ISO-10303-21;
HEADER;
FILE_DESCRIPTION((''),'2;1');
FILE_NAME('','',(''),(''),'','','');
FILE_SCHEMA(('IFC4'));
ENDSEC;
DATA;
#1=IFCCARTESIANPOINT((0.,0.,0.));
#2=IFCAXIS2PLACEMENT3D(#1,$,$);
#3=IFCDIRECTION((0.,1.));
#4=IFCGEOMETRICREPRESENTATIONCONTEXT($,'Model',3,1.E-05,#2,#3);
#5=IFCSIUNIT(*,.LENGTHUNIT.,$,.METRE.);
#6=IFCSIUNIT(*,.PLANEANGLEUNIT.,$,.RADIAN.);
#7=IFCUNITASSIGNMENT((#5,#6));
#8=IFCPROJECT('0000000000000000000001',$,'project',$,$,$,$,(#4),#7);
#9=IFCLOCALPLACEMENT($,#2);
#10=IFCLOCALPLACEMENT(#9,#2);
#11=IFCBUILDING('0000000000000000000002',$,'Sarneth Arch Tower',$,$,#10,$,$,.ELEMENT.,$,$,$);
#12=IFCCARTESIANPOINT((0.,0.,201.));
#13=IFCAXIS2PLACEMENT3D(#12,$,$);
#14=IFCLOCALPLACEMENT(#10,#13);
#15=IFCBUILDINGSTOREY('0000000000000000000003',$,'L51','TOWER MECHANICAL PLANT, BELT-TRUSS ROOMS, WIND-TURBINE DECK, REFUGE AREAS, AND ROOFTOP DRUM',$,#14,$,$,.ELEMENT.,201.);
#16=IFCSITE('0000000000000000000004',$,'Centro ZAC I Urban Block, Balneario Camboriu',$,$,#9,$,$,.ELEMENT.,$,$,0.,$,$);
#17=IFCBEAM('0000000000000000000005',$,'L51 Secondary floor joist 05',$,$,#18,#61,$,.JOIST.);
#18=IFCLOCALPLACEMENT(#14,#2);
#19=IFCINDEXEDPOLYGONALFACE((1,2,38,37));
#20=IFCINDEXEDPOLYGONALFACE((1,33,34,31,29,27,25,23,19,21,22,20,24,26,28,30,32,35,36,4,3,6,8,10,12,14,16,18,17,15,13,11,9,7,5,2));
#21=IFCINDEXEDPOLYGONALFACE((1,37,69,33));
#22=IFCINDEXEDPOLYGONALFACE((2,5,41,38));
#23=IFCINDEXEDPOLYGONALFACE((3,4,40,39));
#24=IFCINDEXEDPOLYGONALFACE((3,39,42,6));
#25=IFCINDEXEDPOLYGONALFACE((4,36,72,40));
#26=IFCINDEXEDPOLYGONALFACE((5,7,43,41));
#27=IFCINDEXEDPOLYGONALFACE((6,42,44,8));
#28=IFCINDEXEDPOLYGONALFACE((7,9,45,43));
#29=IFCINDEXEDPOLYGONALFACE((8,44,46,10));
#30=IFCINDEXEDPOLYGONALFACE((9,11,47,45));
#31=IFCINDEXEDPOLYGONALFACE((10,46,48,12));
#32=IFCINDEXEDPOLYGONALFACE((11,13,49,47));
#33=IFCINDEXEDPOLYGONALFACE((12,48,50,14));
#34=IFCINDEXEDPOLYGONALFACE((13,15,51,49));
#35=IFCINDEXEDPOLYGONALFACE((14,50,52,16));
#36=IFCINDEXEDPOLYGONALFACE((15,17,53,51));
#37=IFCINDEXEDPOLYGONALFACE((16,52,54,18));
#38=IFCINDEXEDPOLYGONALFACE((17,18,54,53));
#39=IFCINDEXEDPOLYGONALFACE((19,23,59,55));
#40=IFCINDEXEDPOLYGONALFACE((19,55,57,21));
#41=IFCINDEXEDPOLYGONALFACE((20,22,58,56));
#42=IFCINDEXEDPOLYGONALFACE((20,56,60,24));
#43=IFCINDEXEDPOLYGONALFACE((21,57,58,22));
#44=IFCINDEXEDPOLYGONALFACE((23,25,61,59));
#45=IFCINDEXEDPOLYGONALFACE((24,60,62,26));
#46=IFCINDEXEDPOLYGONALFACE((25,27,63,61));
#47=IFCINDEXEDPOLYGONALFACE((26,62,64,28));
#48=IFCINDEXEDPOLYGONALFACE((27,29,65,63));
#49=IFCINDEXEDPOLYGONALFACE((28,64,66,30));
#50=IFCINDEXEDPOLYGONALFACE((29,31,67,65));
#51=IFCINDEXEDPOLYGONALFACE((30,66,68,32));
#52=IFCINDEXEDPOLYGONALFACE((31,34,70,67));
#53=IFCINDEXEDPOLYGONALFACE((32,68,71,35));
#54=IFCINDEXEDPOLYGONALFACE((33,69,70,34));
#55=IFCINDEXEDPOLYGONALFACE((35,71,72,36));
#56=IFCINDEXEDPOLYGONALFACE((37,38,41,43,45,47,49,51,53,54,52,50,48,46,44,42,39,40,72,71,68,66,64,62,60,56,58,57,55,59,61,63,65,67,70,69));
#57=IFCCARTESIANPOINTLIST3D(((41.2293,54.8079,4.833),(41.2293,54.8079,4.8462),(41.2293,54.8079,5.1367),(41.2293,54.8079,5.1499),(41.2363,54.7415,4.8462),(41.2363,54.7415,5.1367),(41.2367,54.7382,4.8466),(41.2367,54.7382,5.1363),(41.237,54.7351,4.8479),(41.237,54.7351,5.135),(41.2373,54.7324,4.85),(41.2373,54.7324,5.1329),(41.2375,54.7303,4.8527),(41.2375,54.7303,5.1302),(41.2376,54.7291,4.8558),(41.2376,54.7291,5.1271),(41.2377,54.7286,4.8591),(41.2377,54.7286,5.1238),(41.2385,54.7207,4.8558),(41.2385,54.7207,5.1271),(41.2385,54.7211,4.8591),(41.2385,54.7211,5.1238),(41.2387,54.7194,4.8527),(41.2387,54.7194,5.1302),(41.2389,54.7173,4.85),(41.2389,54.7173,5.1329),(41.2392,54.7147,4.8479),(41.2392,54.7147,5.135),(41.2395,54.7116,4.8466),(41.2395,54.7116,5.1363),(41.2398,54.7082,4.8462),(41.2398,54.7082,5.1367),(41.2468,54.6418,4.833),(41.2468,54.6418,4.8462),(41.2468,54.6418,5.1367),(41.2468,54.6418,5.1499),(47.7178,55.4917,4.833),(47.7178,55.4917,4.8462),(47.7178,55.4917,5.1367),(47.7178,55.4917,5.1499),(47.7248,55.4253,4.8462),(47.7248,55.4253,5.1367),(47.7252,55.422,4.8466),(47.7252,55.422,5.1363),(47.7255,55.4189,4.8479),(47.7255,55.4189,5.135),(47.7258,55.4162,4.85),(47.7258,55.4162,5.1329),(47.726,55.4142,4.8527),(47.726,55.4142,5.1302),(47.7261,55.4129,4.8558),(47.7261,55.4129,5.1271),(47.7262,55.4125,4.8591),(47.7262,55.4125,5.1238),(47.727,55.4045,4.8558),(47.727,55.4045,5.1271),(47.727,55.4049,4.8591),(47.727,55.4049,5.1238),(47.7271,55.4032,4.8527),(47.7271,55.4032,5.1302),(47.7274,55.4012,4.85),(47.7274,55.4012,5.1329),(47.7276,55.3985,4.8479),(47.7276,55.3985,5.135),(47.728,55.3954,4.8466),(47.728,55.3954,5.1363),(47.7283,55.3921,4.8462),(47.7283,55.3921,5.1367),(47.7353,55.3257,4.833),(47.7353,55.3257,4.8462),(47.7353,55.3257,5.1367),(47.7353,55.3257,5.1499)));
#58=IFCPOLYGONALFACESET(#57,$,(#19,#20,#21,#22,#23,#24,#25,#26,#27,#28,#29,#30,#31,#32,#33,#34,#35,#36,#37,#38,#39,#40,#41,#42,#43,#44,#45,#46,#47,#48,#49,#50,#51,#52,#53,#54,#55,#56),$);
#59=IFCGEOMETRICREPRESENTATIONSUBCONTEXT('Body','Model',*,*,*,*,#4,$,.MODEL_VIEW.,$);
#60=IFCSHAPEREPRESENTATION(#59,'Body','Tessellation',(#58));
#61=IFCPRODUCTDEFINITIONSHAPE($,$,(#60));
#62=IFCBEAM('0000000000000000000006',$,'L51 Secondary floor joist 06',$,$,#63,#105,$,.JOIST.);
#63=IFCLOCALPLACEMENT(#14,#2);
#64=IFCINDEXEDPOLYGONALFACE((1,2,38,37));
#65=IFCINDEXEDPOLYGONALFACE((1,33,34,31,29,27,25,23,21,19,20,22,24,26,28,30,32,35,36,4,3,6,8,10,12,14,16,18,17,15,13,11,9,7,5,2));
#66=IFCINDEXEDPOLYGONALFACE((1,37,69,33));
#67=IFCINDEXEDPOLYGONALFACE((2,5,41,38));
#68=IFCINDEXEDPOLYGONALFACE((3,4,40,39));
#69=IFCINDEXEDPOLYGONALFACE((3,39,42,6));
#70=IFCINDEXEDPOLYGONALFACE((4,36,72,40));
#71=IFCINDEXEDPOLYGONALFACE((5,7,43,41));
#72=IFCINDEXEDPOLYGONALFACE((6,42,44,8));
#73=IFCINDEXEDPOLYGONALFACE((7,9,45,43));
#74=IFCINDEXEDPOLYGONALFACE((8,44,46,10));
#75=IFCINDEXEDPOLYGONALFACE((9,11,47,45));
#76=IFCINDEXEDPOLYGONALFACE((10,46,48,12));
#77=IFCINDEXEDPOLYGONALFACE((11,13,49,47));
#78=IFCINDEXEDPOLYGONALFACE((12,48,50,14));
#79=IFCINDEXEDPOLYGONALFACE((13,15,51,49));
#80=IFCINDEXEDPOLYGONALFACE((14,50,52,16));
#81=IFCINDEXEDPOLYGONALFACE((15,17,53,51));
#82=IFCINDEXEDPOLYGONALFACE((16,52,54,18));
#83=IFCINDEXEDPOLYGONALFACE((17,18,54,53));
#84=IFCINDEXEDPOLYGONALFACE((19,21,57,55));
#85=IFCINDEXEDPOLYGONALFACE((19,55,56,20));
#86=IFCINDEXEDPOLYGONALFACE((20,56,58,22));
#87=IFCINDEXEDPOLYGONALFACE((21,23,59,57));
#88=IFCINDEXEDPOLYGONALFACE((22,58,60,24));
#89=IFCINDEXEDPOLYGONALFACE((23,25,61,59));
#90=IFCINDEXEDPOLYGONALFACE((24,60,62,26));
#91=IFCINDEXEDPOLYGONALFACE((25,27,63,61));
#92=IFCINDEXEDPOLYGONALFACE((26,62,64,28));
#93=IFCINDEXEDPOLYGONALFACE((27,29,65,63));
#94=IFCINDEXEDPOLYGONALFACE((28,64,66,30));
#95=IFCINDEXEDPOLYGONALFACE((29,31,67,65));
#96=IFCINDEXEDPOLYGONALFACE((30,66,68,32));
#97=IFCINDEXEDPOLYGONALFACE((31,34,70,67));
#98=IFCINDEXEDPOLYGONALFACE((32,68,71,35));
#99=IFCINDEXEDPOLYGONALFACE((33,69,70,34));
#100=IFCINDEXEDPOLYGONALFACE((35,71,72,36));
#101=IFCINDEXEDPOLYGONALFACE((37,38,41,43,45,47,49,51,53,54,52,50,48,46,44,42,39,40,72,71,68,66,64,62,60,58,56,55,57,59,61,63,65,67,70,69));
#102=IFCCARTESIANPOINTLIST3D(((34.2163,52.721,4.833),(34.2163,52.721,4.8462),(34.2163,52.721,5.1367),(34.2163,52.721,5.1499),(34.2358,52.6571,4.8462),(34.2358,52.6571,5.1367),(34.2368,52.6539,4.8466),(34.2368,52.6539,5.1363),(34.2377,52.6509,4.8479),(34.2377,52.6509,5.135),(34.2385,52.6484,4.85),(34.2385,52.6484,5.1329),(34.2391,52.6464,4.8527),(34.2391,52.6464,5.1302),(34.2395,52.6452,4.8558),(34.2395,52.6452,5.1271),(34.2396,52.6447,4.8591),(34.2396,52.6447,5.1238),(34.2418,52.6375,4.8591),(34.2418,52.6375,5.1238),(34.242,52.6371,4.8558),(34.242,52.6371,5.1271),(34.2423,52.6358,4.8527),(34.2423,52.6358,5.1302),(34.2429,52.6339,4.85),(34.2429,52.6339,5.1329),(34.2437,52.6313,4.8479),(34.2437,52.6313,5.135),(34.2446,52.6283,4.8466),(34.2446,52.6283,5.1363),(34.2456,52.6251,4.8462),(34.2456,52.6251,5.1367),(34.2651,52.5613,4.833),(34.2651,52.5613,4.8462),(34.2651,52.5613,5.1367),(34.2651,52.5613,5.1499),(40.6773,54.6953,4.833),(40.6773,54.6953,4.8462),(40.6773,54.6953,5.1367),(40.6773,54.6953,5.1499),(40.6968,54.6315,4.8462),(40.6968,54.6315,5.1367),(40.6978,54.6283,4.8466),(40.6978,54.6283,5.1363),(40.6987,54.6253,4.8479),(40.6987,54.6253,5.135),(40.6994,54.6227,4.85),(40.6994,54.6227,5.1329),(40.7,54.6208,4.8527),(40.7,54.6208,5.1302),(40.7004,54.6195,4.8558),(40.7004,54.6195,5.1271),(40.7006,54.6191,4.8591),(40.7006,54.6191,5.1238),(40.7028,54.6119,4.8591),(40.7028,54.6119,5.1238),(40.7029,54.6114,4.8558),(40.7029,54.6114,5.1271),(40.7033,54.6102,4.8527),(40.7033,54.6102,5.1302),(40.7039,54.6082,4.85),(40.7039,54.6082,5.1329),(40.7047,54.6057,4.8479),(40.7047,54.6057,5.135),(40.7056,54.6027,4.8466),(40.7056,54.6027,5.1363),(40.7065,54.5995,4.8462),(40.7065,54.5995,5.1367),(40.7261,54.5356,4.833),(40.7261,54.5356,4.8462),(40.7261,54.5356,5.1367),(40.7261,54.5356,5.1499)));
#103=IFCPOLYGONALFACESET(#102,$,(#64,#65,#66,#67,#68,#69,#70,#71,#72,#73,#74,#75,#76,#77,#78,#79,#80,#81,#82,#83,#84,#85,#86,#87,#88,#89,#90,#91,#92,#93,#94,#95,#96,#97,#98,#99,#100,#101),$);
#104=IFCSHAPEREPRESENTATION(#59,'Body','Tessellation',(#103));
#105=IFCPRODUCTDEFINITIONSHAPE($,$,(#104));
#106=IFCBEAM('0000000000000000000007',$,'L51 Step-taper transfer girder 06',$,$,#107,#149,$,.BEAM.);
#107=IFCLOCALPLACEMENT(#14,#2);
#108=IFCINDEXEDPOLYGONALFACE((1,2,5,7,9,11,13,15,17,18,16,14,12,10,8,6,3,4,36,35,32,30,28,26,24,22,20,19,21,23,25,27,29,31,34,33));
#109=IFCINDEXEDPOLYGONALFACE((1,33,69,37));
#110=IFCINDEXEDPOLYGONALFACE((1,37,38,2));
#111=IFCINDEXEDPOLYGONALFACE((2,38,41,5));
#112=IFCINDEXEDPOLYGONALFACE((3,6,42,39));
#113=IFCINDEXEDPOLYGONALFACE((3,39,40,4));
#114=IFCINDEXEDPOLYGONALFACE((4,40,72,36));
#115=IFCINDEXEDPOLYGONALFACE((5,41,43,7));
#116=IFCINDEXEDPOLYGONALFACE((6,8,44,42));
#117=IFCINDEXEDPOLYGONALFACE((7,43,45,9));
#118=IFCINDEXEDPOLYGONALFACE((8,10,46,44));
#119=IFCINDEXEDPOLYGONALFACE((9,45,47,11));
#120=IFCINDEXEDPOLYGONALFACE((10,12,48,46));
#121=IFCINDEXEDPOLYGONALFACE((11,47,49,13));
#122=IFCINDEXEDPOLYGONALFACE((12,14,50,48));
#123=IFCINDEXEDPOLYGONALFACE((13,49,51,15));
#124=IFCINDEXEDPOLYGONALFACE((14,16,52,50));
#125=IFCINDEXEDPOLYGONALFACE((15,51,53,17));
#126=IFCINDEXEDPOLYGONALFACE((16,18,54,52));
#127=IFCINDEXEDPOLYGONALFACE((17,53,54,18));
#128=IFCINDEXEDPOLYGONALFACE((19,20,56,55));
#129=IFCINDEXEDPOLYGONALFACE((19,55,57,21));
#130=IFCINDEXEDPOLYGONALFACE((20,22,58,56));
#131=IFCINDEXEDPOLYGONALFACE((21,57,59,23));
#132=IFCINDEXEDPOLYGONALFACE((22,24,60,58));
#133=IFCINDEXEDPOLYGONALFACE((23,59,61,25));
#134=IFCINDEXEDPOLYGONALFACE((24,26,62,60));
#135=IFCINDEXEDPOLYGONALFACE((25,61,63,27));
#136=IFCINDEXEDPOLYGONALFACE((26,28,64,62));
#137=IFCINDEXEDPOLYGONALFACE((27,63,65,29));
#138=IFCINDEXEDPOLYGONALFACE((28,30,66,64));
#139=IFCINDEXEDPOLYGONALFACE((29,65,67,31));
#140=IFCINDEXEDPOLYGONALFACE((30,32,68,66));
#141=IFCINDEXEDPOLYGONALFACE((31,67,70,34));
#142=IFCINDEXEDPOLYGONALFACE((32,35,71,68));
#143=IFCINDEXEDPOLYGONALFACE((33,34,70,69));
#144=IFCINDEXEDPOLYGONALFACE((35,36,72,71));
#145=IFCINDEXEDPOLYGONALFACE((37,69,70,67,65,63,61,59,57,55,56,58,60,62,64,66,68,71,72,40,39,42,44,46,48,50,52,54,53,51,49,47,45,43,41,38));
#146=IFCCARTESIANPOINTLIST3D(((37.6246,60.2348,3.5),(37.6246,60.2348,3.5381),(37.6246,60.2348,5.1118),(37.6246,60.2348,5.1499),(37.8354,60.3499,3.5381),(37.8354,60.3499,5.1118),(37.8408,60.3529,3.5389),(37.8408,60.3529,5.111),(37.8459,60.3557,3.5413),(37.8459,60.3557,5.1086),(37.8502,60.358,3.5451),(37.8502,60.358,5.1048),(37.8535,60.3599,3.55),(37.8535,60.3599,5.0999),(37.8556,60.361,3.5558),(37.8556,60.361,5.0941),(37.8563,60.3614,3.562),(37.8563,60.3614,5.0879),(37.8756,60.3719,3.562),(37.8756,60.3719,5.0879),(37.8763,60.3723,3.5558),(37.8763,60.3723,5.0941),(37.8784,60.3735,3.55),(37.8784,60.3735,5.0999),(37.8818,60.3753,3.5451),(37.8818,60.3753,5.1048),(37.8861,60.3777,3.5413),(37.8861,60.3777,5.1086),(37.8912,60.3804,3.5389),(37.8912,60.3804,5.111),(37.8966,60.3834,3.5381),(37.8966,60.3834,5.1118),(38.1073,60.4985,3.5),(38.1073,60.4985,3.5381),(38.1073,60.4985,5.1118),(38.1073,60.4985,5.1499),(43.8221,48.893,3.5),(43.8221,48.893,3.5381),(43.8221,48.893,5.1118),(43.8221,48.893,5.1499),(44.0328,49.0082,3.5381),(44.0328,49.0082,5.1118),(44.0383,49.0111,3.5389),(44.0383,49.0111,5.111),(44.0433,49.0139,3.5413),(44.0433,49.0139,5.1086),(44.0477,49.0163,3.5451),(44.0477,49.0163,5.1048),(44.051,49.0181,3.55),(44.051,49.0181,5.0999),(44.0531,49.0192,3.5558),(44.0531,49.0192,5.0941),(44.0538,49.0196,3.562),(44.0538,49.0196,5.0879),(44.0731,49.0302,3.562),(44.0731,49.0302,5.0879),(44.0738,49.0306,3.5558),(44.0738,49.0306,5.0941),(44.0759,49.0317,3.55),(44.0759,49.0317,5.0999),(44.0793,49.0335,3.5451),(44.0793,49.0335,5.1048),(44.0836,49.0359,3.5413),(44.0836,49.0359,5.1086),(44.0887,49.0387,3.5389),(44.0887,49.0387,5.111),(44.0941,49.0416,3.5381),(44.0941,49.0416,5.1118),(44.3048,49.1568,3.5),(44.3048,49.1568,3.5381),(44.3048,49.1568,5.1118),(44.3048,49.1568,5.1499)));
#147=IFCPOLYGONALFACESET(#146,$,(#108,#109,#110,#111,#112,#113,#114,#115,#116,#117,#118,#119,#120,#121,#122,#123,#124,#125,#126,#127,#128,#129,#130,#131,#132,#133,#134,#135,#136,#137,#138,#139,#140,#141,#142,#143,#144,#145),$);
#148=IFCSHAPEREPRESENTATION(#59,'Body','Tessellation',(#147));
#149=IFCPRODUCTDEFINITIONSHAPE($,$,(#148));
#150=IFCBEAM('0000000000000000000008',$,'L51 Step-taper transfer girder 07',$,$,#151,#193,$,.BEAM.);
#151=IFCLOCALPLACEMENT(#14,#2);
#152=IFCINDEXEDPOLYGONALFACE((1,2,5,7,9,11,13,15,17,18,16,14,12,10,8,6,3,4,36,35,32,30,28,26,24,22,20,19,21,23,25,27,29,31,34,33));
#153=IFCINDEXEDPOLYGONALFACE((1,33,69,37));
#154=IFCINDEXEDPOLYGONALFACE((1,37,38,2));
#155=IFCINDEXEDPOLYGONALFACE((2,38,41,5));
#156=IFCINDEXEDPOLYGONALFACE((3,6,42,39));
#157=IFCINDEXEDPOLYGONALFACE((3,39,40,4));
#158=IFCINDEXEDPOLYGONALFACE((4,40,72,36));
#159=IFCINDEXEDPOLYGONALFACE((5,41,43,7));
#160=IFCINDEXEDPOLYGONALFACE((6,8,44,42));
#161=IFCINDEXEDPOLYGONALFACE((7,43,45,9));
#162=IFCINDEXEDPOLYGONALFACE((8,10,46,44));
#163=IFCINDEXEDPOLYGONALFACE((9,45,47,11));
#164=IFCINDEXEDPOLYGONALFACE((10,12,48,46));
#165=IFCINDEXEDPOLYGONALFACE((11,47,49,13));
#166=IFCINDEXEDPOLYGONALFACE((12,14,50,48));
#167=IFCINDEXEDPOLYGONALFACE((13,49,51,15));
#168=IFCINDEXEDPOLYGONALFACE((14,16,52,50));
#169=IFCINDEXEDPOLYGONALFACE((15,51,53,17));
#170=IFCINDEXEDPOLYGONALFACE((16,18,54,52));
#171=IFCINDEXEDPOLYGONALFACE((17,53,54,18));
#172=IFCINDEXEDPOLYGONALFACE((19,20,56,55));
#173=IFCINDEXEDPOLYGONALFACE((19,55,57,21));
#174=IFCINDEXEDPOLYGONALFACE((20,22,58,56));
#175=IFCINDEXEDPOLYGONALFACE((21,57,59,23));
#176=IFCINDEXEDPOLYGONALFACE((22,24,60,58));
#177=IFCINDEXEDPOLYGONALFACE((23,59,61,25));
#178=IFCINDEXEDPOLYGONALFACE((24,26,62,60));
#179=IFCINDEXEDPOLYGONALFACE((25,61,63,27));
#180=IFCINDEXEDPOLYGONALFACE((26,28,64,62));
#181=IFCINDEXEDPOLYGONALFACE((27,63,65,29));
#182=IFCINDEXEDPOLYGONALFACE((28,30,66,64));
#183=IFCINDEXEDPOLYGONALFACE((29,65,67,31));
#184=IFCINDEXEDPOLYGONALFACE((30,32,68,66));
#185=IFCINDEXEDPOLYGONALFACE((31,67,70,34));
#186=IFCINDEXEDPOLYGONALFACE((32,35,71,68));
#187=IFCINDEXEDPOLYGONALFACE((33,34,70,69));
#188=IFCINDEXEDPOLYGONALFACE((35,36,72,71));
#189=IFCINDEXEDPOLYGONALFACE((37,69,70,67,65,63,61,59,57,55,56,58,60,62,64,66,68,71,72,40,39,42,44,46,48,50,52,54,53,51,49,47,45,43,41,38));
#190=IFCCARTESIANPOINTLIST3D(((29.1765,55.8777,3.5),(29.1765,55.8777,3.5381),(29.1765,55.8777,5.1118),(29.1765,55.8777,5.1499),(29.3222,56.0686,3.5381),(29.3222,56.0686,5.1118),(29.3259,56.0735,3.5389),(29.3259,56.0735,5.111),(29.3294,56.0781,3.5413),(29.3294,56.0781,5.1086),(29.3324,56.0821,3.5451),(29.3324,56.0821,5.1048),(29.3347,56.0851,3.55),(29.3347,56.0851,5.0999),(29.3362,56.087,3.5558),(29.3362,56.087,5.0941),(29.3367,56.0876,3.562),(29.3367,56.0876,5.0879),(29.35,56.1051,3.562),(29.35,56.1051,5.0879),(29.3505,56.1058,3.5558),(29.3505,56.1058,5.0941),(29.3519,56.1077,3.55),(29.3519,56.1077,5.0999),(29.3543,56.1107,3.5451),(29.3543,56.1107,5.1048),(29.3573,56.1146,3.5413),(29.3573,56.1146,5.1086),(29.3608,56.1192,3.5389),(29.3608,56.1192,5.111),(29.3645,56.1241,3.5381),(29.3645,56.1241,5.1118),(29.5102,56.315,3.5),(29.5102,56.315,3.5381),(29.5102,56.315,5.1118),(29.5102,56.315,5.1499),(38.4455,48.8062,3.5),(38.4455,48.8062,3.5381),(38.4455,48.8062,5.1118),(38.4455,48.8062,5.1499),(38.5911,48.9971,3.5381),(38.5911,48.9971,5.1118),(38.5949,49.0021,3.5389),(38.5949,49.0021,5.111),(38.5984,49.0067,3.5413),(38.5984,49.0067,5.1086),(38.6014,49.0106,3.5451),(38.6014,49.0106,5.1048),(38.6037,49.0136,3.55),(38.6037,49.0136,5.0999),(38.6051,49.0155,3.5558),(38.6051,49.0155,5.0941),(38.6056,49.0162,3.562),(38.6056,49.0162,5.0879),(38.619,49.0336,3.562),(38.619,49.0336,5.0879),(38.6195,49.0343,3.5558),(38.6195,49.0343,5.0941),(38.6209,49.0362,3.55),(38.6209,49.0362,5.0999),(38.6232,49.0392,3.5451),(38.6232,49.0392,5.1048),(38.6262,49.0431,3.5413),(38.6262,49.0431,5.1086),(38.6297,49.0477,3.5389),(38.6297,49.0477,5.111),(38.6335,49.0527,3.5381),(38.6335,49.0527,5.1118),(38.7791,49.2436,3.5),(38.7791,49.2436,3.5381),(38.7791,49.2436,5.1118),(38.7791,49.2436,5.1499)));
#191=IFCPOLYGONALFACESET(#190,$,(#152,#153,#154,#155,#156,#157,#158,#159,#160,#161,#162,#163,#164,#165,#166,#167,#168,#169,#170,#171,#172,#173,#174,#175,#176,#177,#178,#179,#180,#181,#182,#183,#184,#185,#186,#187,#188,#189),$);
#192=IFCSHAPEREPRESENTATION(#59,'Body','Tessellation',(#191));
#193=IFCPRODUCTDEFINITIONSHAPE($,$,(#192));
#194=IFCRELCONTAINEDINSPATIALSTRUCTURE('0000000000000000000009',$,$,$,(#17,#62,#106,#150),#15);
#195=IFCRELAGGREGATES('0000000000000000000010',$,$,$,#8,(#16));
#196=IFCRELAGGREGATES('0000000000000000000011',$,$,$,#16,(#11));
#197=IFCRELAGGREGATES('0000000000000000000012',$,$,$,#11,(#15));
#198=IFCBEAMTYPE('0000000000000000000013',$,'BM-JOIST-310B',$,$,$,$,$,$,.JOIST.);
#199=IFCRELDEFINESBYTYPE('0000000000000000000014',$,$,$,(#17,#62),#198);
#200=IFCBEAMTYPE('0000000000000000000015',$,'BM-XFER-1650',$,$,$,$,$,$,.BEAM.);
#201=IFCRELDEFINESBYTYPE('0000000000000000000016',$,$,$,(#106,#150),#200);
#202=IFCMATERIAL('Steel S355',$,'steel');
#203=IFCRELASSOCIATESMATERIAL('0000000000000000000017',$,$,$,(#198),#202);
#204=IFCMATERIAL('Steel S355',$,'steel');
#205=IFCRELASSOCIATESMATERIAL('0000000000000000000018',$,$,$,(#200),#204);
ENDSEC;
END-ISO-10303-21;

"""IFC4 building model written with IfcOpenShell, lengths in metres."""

from ifc_helpers import new_model, si_unit, direction, frame, origin, origin_2d, place, context, subcontext, project, spatial, i_section, extrude, material, material_profile, profile_set, type_object, element, save


model = new_model("IFC4")

# Units and contexts
model_context = context("Model", 3, precision=1e-05, world=origin(), true_north=direction((0.0, 1.0)))
body_context = subcontext(model_context, "Body", "Model", "MODEL_VIEW")
ifc_project = project(units=[si_unit("LENGTHUNIT", "METRE"), si_unit("PLANEANGLEUNIT", "RADIAN")], contexts=[model_context])

# Site, building, storey
site_placement = place(None, origin())
site = spatial("IfcSite", under=ifc_project, at=site_placement, Name="Centro ZAC I Urban Block, Balneario Camboriu", CompositionType="ELEMENT", RefElevation=0.0)
building_placement = place(site_placement, origin())
building = spatial("IfcBuilding", under=site, at=building_placement, Name="Sarneth Arch Tower", CompositionType="ELEMENT")
storey_placement = place(building_placement, frame((0.0, 0.0, 201.0)))
storey = spatial("IfcBuildingStorey", under=building, at=storey_placement, Name="L51", Description="TOWER MECHANICAL PLANT, BELT-TRUSS ROOMS, WIND-TURBINE DECK, REFUGE AREAS, AND ROOFTOP DRUM", CompositionType="ELEMENT", Elevation=201.0)

# Beams
ifc_material_1 = material(Name="Steel S355", Category="steel")
ifc_material_profile_1 = material_profile(ifc_material_1, i_section(OverallWidth=0.167, OverallDepth=0.3169, WebThickness=0.0076, FlangeThickness=0.0132, FilletRadius=0.0129, at=origin_2d()), Name="W310x52")
ifc_profile_set_1 = profile_set([ifc_material_profile_1], Name="Steel S355")
beam_type_1 = type_object("IfcBeamType", Name="BM-JOIST-310B", PredefinedType="JOIST", material=ifc_profile_set_1)
beam_1_placement = place(storey_placement, frame((47.7266, 55.4087, 4.9915), z_axis=(-0.994492, -0.104811, 0.0), x_axis=(0.104811, -0.994492, 0.0)))
element("IfcBeam", 1, at=beam_1_placement, inside=storey, type_object=beam_type_1, Name="L51 Secondary floor joist 05", PredefinedType="JOIST", context=body_context, shape_type="SweptSolid", body=[
    extrude(i_section(OverallWidth=0.167, OverallDepth=0.3169, WebThickness=0.0076, FlangeThickness=0.0132, FilletRadius=0.0129, at=origin_2d()), origin(), (0.0, 0.0, 1.0), 6.5244),
])
beam_2_placement = place(storey_placement, frame((40.7017, 54.6155, 4.9915), z_axis=(-0.956344, -0.292244, 0.0), x_axis=(0.292244, -0.956344, 0.0)))
element("IfcBeam", 2, at=beam_2_placement, inside=storey, type_object=beam_type_1, Name="L51 Secondary floor joist 06", PredefinedType="JOIST", context=body_context, shape_type="SweptSolid", body=[
    extrude(i_section(OverallWidth=0.167, OverallDepth=0.3169, WebThickness=0.0076, FlangeThickness=0.0132, FilletRadius=0.0129, at=origin_2d()), origin(), (0.0, 0.0, 1.0), 6.7559),
])
ifc_material_2 = material(Name="Steel S355", Category="steel")
ifc_material_profile_2 = material_profile(ifc_material_2, i_section(OverallWidth=0.55, OverallDepth=1.6499, WebThickness=0.022, FlangeThickness=0.0381, FilletRadius=0.0239, at=origin_2d()), Name="CVS1650x680")
ifc_profile_set_2 = profile_set([ifc_material_profile_2], Name="Steel S355")
beam_type_2 = type_object("IfcBeamType", Name="BM-XFER-1650", PredefinedType="BEAM", material=ifc_profile_set_2)
beam_3_placement = place(storey_placement, frame((44.0635, 49.0249, 4.325), z_axis=(-0.479512, 0.877535, 0.0), x_axis=(-0.877535, -0.479512, 0.0)))
element("IfcBeam", 3, at=beam_3_placement, inside=storey, type_object=beam_type_2, Name="L51 Step-taper transfer girder 06", PredefinedType="BEAM", context=body_context, shape_type="SweptSolid", body=[
    extrude(i_section(OverallWidth=0.55, OverallDepth=1.6499, WebThickness=0.022, FlangeThickness=0.0381, FilletRadius=0.0239, at=origin_2d()), origin(), (0.0, 0.0, 1.0), 12.9246),
])
beam_4_placement = place(storey_placement, frame((38.6123, 49.0249, 4.325), z_axis=(-0.795043, 0.606554, 0.0), x_axis=(-0.606554, -0.795043, 0.0)))
element("IfcBeam", 4, at=beam_4_placement, inside=storey, type_object=beam_type_2, Name="L51 Step-taper transfer girder 07", PredefinedType="BEAM", context=body_context, shape_type="SweptSolid", body=[
    extrude(i_section(OverallWidth=0.55, OverallDepth=1.6499, WebThickness=0.022, FlangeThickness=0.0381, FilletRadius=0.0239, at=origin_2d()), origin(), (0.0, 0.0, 1.0), 11.6584),
])

save(model, "model.ifc")
